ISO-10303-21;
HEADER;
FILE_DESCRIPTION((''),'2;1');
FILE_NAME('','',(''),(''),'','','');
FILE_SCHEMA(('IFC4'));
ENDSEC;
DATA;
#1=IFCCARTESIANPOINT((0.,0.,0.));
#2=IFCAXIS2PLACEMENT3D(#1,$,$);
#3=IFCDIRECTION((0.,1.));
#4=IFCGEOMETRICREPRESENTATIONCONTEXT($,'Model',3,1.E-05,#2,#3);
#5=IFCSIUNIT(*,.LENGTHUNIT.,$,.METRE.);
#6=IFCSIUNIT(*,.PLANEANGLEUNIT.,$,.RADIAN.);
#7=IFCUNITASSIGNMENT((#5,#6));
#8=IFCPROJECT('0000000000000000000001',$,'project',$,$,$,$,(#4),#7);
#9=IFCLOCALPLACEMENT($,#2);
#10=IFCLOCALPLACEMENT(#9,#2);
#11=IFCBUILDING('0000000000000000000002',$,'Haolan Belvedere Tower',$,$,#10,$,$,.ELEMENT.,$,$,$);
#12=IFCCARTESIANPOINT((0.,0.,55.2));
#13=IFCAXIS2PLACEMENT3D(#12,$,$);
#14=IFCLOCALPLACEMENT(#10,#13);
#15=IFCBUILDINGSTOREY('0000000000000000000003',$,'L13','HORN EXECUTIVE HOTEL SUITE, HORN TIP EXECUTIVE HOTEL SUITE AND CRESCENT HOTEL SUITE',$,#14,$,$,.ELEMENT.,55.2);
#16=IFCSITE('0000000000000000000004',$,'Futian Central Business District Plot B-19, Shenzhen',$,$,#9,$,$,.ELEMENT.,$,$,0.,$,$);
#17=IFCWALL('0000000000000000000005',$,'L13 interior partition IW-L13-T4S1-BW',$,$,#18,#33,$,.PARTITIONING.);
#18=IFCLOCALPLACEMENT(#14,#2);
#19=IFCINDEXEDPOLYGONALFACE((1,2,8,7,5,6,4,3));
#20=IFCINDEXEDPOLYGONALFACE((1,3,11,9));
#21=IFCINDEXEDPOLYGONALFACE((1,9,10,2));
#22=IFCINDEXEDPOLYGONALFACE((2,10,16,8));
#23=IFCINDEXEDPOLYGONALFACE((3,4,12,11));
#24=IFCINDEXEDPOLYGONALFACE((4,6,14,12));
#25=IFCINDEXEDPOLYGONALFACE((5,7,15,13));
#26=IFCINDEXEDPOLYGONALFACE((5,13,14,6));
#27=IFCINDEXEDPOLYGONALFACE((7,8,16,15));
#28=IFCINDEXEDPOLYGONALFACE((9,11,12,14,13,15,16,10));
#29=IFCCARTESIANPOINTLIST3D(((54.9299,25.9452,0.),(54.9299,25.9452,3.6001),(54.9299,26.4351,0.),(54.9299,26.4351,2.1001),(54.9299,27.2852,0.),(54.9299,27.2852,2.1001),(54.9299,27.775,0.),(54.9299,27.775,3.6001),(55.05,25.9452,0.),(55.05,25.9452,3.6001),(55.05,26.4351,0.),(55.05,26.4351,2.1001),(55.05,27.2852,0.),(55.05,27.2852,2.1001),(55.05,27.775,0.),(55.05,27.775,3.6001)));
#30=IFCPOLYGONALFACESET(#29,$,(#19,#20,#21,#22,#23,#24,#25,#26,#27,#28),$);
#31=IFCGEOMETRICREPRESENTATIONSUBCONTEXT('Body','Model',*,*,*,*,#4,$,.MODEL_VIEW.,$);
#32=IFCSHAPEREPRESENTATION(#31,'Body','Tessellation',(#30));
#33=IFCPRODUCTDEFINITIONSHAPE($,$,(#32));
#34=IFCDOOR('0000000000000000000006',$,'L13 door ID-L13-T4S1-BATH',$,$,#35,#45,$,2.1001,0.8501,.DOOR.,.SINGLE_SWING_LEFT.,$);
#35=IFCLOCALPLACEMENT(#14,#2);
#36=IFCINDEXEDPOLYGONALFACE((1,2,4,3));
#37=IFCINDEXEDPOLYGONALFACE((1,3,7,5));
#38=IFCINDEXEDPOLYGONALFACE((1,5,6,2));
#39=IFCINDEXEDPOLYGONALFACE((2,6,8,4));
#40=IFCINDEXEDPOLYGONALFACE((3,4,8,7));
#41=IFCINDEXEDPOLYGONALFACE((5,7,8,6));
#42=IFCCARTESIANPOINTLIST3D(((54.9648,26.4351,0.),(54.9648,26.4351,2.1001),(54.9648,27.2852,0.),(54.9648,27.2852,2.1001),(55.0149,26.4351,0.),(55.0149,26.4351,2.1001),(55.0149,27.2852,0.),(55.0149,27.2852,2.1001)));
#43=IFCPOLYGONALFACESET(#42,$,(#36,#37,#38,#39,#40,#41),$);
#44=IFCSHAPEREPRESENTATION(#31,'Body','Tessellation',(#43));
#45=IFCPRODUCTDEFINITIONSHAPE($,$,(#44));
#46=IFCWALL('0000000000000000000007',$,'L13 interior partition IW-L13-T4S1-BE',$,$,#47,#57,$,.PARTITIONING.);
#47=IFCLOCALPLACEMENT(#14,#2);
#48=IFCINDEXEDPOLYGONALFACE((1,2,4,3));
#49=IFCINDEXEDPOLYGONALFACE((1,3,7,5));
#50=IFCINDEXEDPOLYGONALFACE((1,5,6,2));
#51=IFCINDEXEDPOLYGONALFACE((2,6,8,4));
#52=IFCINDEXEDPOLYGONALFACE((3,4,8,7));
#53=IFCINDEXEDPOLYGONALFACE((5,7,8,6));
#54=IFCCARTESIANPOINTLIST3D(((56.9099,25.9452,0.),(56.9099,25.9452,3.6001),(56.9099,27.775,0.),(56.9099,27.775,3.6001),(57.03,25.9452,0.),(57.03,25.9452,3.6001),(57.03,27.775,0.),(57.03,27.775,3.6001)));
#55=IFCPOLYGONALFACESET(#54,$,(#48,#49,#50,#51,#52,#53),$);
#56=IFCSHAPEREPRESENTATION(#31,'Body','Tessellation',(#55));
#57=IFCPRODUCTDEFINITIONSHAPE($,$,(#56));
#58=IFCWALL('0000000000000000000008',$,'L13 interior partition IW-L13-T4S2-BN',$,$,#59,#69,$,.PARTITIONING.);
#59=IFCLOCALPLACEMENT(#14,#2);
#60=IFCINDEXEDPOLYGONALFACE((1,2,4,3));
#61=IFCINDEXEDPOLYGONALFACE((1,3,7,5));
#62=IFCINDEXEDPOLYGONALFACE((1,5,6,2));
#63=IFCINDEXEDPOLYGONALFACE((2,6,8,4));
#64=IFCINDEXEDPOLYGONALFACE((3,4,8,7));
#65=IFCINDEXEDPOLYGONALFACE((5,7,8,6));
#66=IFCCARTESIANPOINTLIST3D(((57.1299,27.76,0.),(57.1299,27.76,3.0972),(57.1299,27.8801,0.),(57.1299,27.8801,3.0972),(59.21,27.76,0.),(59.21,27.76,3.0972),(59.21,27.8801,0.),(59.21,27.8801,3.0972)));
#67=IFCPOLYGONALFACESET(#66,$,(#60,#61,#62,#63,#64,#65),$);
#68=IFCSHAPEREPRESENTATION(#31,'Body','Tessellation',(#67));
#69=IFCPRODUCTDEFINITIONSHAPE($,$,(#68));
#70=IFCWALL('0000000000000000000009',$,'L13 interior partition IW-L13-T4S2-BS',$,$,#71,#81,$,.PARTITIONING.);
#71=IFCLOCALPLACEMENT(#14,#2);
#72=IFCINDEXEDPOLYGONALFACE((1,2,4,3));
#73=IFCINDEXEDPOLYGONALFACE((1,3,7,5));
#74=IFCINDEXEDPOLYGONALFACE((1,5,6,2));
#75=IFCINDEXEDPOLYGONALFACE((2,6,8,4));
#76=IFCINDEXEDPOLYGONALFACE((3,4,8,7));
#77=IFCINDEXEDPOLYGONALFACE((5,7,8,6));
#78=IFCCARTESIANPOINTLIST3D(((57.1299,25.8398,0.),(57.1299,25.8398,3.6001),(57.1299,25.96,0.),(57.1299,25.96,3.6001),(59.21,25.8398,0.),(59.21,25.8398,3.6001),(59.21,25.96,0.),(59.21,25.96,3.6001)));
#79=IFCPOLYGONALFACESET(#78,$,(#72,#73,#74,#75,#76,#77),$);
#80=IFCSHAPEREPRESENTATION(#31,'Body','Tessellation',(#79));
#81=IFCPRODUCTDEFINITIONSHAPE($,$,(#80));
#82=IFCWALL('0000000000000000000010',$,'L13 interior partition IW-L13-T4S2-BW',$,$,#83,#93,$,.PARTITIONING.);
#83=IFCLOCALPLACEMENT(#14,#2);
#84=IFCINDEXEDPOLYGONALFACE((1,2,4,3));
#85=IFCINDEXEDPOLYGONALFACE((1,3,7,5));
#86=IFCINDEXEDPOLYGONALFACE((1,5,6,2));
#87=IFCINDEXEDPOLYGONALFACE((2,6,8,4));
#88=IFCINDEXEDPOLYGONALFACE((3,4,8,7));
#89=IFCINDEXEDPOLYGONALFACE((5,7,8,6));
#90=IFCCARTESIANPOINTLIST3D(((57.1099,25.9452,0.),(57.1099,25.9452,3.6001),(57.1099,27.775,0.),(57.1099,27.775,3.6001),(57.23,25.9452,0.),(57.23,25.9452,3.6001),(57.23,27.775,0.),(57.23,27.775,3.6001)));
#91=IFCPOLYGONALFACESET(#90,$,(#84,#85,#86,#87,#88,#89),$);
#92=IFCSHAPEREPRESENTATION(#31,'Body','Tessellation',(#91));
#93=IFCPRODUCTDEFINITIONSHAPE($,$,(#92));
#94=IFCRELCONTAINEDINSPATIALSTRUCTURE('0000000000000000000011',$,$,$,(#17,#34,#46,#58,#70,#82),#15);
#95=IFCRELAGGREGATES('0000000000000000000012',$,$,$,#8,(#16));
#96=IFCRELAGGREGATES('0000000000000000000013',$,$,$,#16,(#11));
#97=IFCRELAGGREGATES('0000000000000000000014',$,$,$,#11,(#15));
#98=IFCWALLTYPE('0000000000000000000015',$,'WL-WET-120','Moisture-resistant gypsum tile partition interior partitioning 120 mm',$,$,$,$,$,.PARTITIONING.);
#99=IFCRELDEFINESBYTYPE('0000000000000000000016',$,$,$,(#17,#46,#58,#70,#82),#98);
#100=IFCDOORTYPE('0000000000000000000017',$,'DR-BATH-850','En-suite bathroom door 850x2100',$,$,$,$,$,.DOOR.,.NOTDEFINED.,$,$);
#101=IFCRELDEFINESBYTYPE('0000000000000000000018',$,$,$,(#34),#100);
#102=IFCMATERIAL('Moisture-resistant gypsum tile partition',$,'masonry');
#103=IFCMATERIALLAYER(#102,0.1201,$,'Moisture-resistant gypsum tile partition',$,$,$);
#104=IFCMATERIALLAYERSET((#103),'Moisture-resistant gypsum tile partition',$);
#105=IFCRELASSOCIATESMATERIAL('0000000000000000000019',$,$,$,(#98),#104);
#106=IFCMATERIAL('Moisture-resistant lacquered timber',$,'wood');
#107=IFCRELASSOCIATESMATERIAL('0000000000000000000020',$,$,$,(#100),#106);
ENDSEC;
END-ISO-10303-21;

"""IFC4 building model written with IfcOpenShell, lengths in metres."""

from ifc_helpers import new_model, si_unit, direction, frame, frame_2d, origin, place, context, subcontext, project, spatial, rectangle, extrude, material, layer, layer_set, type_object, element, fill, save


model = new_model("IFC4")

# Units and contexts
model_context = context("Model", 3, precision=1e-05, world=origin(), true_north=direction((0.0, 1.0)))
body_context = subcontext(model_context, "Body", "Model", "MODEL_VIEW")
ifc_project = project(units=[si_unit("LENGTHUNIT", "METRE"), si_unit("PLANEANGLEUNIT", "RADIAN")], contexts=[model_context])

# Site, building, storey
site_placement = place(None, origin())
site = spatial("IfcSite", under=ifc_project, at=site_placement, Name="Futian Central Business District Plot B-19, Shenzhen", CompositionType="ELEMENT", RefElevation=0.0)
building_placement = place(site_placement, origin())
building = spatial("IfcBuilding", under=site, at=building_placement, Name="Haolan Belvedere Tower", CompositionType="ELEMENT")
storey_placement = place(building_placement, frame((0.0, 0.0, 55.2)))
storey = spatial("IfcBuildingStorey", under=building, at=storey_placement, Name="L13", Description="HORN EXECUTIVE HOTEL SUITE, HORN TIP EXECUTIVE HOTEL SUITE AND CRESCENT HOTEL SUITE", CompositionType="ELEMENT", Elevation=55.2)

# Shared definitions
ifc_material_1 = material(Name="Moisture-resistant gypsum tile partition", Category="masonry")
ifc_layer_1 = layer(ifc_material_1, 0.1201, Name="Moisture-resistant gypsum tile partition")
ifc_layer_set_1 = layer_set([ifc_layer_1], Name="Moisture-resistant gypsum tile partition")
wall_type_1 = type_object("IfcWallType", Name="WL-WET-120", Description="Moisture-resistant gypsum tile partition interior partitioning 120 mm", PredefinedType="PARTITIONING", material=ifc_layer_set_1)

# Wall, opening, door
wall_1_placement = place(storey_placement, frame((54.99, 25.9451, 0.0), z_axis=(0.0, 0.0, 1.0), x_axis=(0.0, 1.0, 0.0)))
wall_1 = element("IfcWall", 1, at=wall_1_placement, inside=storey, type_object=wall_type_1, Name="L13 interior partition IW-L13-T4S1-BW", PredefinedType="PARTITIONING", context=body_context, shape_type="SweptSolid", body=[
    extrude(rectangle(XDim=1.8298, YDim=0.1201, at=frame_2d((0.915, 0.0))), origin(), (0.0, 0.0, 1.0), 3.6001),
])
opening_1_placement = place(wall_1_placement, frame((1.3401, 0.0, 0.0), z_axis=(0.0, 0.0, 1.0), x_axis=(-1.0, 0.0, 0.0)))
opening_1 = element("IfcOpeningElement", 2, at=opening_1_placement, cuts=wall_1, PredefinedType="OPENING", context=body_context, shape_type="SweptSolid", body=[
    extrude(rectangle(XDim=0.8501, YDim=2.1001, at=frame_2d((0.425, 1.05))), frame((0.0, 0.0701, 0.0), z_axis=(0.0, -1.0, 0.0), x_axis=(1.0, 0.0, 0.0)), (0.0, 0.0, 1.0), 0.1401),
])
ifc_material_2 = material(Name="Moisture-resistant lacquered timber", Category="wood")
door_type_1 = type_object("IfcDoorType", Name="DR-BATH-850", Description="En-suite bathroom door 850x2100", OperationType="NOTDEFINED", PredefinedType="DOOR", material=ifc_material_2)
door_1_placement = place(opening_1_placement, origin())
door_1 = element("IfcDoor", 3, at=door_1_placement, inside=storey, type_object=door_type_1, Name="L13 door ID-L13-T4S1-BATH", OperationType="SINGLE_SWING_LEFT", OverallHeight=2.1001, OverallWidth=0.8501, PredefinedType="DOOR", context=body_context, shape_type="SweptSolid", body=[
    extrude(rectangle(XDim=0.8501, YDim=2.1001, at=frame_2d((0.425, 1.05))), frame((0.0, 0.0249, 0.0), z_axis=(0.0, -1.0, 0.0), x_axis=(1.0, 0.0, 0.0)), (0.0, 0.0, 1.0), 0.05),
])
fill(opening_1, door_1)

# Walls
wall_2_placement = place(storey_placement, frame((56.97, 25.9451, 0.0), z_axis=(0.0, 0.0, 1.0), x_axis=(0.0, 1.0, 0.0)))
element("IfcWall", 4, at=wall_2_placement, inside=storey, type_object=wall_type_1, Name="L13 interior partition IW-L13-T4S1-BE", PredefinedType="PARTITIONING", context=body_context, shape_type="SweptSolid", body=[
    extrude(rectangle(XDim=1.8298, YDim=0.1201, at=frame_2d((0.915, 0.0))), origin(), (0.0, 0.0, 1.0), 3.6001),
])
wall_3_placement = place(storey_placement, frame((57.1299, 27.8201, 0.0), z_axis=(0.0, 0.0, 1.0), x_axis=(1.0, 0.0, 0.0)))
element("IfcWall", 5, at=wall_3_placement, inside=storey, type_object=wall_type_1, Name="L13 interior partition IW-L13-T4S2-BN", PredefinedType="PARTITIONING", context=body_context, shape_type="SweptSolid", body=[
    extrude(rectangle(XDim=2.0801, YDim=0.1201, at=frame_2d((1.04, 0.0))), origin(), (0.0, 0.0, 1.0), 3.0972),
])
wall_4_placement = place(storey_placement, frame((57.1299, 25.8999, 0.0), z_axis=(0.0, 0.0, 1.0), x_axis=(1.0, 0.0, 0.0)))
element("IfcWall", 6, at=wall_4_placement, inside=storey, type_object=wall_type_1, Name="L13 interior partition IW-L13-T4S2-BS", PredefinedType="PARTITIONING", context=body_context, shape_type="SweptSolid", body=[
    extrude(rectangle(XDim=2.0801, YDim=0.1201, at=frame_2d((1.04, 0.0))), origin(), (0.0, 0.0, 1.0), 3.6001),
])
wall_5_placement = place(storey_placement, frame((57.1699, 25.9451, 0.0), z_axis=(0.0, 0.0, 1.0), x_axis=(0.0, 1.0, 0.0)))
element("IfcWall", 7, at=wall_5_placement, inside=storey, type_object=wall_type_1, Name="L13 interior partition IW-L13-T4S2-BW", PredefinedType="PARTITIONING", context=body_context, shape_type="SweptSolid", body=[
    extrude(rectangle(XDim=1.8298, YDim=0.1201, at=frame_2d((0.915, 0.0))), origin(), (0.0, 0.0, 1.0), 3.6001),
])

save(model, "model.ifc")
